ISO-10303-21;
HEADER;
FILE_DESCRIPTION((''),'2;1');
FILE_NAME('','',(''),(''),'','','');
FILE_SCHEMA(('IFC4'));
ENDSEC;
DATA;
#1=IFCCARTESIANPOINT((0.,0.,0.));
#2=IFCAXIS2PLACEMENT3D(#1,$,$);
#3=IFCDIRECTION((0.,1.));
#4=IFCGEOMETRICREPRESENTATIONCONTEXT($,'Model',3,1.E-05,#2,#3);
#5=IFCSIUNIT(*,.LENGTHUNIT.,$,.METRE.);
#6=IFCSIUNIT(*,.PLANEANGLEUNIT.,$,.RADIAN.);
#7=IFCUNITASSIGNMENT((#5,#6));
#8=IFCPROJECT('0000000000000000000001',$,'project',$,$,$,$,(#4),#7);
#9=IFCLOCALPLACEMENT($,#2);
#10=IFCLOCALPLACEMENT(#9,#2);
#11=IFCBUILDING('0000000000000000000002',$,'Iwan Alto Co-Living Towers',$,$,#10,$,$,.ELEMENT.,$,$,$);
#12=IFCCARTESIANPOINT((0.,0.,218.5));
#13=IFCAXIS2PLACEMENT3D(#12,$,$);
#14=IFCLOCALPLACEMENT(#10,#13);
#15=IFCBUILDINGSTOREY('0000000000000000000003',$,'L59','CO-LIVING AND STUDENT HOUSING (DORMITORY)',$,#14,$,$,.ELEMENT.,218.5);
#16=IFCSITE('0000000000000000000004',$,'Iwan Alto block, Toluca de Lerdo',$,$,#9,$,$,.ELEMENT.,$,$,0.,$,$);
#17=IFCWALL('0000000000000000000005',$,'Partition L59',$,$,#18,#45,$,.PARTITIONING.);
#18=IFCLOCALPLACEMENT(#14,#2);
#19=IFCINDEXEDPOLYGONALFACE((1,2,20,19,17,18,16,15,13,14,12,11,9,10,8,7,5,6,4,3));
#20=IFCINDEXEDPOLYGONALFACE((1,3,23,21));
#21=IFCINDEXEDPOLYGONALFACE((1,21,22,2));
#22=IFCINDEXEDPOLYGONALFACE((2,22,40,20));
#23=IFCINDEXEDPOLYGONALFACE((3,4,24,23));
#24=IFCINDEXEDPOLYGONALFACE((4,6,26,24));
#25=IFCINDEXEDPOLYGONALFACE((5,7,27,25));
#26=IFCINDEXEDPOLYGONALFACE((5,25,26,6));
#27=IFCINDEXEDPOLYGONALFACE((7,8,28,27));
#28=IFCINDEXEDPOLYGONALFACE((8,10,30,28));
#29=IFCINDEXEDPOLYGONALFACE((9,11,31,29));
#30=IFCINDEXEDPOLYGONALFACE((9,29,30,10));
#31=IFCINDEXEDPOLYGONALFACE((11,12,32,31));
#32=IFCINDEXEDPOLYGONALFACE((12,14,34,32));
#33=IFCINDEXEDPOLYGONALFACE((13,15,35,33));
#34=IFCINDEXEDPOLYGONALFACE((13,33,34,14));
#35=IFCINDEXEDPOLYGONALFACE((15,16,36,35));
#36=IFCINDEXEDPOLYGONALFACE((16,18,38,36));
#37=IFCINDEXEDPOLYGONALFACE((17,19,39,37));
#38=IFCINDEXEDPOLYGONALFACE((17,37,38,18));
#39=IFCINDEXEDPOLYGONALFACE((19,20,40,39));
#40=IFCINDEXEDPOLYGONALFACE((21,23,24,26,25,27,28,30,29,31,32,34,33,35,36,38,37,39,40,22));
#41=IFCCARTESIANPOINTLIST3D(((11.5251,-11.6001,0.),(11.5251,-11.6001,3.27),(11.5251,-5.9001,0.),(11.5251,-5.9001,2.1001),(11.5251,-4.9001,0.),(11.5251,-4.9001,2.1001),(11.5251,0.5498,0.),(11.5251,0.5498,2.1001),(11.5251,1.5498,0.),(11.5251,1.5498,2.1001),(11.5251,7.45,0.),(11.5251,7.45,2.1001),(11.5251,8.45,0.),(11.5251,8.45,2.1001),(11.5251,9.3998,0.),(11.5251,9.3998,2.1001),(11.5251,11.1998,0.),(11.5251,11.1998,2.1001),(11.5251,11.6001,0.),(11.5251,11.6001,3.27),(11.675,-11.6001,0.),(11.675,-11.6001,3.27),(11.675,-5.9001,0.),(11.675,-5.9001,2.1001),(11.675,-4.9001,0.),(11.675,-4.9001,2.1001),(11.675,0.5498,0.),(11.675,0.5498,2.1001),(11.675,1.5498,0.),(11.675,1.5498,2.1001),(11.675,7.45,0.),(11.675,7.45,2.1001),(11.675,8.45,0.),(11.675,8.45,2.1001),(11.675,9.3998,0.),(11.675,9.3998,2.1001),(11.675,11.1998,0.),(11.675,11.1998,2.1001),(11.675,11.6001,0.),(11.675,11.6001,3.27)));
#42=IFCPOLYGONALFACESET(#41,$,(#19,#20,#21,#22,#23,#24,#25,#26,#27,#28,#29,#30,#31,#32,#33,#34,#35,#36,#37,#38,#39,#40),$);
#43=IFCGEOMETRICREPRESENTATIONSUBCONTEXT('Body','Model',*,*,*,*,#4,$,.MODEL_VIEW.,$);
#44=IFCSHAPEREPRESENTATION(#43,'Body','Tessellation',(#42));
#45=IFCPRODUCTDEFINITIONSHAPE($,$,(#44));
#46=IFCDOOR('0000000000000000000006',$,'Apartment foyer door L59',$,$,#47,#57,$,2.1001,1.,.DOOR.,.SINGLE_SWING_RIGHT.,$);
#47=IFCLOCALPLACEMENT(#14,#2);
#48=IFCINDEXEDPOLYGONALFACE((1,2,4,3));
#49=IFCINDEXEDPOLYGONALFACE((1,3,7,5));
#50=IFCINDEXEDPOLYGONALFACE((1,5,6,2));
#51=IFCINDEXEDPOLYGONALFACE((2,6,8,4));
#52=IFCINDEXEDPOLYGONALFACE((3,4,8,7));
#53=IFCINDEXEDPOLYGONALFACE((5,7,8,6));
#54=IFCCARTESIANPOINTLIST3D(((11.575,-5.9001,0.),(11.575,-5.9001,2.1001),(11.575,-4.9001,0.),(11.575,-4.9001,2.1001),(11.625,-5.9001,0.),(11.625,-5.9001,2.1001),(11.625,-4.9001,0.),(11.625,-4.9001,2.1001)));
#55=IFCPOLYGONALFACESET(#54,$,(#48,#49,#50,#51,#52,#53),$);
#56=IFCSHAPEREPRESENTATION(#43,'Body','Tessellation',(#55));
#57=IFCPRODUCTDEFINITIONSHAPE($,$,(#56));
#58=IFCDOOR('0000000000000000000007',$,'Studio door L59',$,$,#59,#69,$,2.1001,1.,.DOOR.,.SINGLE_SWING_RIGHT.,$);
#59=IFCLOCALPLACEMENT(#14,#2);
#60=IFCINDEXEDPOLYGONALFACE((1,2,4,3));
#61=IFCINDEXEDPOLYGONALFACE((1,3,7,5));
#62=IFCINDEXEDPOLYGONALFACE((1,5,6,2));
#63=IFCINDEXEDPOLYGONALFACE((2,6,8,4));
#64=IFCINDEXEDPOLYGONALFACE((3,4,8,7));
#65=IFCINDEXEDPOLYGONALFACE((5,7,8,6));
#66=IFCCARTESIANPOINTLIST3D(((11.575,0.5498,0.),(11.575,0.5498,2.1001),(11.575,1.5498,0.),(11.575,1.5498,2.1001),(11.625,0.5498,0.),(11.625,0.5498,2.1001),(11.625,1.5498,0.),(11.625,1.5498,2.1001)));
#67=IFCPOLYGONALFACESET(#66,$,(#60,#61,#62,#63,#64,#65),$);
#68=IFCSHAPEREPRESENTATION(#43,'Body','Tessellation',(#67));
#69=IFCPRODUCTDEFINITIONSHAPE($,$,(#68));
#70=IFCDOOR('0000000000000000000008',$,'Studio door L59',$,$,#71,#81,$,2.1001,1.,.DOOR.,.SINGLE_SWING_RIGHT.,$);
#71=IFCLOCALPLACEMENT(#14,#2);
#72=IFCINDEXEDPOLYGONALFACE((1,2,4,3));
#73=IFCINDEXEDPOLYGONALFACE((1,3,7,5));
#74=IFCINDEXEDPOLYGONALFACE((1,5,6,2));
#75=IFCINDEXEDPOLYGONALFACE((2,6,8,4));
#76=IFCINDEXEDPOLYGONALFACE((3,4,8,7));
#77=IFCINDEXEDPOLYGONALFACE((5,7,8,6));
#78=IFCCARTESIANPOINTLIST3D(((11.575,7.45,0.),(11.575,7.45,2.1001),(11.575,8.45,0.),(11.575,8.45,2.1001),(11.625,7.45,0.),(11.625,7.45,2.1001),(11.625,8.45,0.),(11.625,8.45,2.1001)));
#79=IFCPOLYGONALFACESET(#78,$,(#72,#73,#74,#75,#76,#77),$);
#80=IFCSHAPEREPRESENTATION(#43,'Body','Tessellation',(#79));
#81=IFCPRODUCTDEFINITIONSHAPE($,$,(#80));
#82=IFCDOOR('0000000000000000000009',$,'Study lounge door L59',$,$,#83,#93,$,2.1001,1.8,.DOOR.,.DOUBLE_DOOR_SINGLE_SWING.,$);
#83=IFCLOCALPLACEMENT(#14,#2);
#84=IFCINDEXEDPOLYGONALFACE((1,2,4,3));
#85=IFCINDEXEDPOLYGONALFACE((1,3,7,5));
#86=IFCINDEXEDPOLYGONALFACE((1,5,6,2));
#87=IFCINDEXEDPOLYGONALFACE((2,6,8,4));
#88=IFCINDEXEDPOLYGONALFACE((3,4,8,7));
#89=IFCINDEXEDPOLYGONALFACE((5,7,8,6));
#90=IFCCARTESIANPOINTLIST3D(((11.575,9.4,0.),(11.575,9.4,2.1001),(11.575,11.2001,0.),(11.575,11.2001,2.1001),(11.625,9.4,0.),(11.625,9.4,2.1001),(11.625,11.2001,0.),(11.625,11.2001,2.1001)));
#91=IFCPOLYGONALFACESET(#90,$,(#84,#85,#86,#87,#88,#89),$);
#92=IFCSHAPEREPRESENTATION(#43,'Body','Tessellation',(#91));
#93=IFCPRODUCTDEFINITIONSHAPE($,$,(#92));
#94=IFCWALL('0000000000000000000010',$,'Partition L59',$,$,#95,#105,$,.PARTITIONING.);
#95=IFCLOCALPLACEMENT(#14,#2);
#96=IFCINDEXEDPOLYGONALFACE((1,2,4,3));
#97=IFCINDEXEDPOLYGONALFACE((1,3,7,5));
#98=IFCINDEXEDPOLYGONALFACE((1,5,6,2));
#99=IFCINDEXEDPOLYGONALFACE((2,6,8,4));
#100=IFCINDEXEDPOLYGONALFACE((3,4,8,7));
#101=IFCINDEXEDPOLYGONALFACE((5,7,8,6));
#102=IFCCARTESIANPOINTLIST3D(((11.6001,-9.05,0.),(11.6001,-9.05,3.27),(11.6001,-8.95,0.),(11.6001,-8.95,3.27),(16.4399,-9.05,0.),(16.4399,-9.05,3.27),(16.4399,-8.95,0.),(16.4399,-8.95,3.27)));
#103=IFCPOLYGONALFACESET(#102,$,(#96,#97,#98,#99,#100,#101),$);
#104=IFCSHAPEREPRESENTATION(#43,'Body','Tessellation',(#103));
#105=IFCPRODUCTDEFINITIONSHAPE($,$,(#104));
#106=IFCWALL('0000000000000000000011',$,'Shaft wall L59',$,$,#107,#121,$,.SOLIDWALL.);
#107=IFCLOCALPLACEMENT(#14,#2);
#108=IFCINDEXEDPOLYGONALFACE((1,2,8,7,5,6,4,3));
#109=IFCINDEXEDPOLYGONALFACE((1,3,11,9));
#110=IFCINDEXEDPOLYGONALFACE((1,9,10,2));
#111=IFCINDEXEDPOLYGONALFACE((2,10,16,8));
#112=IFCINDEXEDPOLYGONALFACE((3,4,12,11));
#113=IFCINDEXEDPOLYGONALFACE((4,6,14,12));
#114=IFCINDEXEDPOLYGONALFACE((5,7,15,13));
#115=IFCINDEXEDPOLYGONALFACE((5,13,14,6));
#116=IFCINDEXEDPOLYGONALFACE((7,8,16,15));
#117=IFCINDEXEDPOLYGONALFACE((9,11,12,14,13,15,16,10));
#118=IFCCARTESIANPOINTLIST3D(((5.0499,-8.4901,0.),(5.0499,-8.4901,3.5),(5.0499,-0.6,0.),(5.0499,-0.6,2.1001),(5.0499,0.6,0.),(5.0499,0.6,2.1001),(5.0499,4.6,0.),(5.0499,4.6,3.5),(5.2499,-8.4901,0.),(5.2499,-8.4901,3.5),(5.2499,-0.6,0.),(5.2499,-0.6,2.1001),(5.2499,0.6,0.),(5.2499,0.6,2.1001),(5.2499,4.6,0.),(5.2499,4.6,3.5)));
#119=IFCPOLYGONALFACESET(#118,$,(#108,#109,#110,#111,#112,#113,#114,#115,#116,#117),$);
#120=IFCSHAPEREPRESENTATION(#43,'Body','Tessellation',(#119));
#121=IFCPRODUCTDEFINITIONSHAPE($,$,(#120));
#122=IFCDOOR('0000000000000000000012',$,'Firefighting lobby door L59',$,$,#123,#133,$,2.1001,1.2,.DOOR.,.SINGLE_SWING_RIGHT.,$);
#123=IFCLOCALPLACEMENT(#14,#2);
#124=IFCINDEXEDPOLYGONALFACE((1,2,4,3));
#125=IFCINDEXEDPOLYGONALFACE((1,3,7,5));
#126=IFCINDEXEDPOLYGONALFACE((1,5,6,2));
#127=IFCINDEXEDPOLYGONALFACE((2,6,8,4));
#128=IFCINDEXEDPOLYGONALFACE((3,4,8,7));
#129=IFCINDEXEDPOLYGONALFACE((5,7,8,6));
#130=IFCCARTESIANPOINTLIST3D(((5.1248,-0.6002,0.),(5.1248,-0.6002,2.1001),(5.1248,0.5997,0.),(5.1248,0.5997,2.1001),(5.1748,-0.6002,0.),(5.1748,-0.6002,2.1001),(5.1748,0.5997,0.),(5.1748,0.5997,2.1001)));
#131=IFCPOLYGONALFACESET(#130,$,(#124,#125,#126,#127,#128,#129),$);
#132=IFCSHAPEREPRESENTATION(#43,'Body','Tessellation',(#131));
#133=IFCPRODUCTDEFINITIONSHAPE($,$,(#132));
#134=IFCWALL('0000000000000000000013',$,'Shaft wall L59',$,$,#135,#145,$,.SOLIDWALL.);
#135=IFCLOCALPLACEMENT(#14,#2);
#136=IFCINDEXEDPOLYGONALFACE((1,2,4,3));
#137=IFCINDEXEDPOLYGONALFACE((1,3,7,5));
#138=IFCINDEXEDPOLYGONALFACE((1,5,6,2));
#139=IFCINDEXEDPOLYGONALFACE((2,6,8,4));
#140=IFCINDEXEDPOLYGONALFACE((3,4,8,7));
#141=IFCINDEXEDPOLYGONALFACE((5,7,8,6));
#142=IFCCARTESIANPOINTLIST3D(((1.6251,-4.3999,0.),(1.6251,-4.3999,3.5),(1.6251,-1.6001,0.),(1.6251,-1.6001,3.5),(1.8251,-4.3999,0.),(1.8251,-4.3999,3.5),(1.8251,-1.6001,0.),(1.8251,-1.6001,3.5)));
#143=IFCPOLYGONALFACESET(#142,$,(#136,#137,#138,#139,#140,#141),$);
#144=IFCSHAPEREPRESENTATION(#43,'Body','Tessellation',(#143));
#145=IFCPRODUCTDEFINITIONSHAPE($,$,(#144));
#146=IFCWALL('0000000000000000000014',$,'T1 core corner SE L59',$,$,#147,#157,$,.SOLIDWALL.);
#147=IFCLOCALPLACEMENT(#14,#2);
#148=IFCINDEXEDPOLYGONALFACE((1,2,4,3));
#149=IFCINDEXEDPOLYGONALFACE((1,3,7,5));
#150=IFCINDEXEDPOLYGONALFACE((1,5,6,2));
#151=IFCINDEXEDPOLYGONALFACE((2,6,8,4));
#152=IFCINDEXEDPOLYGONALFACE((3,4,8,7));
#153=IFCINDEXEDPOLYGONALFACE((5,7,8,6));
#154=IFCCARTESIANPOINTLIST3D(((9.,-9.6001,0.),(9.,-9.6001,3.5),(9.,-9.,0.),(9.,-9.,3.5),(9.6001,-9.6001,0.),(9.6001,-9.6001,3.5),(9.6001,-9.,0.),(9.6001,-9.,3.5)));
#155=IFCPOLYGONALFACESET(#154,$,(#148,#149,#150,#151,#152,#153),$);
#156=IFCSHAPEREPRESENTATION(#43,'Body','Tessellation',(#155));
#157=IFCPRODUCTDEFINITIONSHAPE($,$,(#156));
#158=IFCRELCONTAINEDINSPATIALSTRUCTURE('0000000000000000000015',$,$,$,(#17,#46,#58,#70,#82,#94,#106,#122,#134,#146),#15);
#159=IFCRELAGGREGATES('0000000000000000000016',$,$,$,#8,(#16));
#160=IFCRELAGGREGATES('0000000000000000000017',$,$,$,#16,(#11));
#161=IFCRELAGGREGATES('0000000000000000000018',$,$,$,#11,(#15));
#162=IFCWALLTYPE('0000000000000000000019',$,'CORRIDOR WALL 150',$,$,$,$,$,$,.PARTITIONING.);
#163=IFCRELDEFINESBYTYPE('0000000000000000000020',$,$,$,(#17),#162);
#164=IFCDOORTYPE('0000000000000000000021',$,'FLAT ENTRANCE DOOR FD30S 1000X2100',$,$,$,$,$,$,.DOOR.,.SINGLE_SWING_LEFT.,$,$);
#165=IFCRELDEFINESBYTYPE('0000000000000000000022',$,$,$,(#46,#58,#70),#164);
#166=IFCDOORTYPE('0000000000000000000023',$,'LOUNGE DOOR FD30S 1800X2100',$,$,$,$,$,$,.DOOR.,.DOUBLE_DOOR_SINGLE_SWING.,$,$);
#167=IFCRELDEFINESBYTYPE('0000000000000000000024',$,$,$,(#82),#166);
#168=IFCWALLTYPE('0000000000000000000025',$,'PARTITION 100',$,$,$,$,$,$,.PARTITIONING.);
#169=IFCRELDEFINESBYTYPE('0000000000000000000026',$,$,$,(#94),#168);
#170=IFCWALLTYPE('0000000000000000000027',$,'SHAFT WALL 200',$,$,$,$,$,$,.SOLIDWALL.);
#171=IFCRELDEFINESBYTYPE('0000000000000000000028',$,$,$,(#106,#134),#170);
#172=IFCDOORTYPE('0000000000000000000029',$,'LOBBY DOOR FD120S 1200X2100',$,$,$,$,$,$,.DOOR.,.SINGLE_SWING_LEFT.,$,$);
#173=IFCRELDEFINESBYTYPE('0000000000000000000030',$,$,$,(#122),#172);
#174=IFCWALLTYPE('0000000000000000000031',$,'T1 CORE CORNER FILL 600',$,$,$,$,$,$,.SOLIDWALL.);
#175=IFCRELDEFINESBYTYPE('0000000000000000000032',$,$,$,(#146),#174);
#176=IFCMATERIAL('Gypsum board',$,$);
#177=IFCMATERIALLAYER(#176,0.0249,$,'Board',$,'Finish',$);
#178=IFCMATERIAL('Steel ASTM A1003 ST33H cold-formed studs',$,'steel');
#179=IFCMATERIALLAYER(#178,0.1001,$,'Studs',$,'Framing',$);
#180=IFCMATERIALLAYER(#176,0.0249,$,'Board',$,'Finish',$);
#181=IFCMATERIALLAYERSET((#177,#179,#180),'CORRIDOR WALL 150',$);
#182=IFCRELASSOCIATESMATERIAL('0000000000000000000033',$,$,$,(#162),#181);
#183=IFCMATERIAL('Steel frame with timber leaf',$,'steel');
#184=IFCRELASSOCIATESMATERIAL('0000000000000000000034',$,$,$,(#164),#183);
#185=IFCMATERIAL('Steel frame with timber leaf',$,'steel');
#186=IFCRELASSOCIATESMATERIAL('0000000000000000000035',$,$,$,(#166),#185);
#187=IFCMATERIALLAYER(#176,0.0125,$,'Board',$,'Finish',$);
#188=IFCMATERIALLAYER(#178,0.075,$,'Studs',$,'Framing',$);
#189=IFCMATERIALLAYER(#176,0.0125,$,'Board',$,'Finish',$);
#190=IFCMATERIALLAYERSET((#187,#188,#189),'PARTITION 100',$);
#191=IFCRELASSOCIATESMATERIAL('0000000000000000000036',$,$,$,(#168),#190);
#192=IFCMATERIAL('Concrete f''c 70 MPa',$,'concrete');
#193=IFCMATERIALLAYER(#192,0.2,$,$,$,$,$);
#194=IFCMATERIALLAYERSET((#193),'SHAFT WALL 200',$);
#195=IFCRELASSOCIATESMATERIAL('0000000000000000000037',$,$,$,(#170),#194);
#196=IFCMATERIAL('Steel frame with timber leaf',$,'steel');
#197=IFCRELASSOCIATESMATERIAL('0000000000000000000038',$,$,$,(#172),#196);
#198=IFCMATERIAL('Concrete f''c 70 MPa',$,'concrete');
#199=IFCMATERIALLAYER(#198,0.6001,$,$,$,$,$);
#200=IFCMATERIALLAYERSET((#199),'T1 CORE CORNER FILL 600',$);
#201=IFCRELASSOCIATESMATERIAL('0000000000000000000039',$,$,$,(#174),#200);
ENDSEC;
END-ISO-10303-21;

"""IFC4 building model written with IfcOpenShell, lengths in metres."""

from ifc_helpers import new_model, si_unit, direction, frame, frame_2d, origin, place, context, subcontext, project, spatial, rectangle, extrude, material, layer, layer_set, type_object, element, fill, save


model = new_model("IFC4")

# Units and contexts
model_context = context("Model", 3, precision=1e-05, world=origin(), true_north=direction((0.0, 1.0)))
body_context = subcontext(model_context, "Body", "Model", "MODEL_VIEW")
ifc_project = project(units=[si_unit("LENGTHUNIT", "METRE"), si_unit("PLANEANGLEUNIT", "RADIAN")], contexts=[model_context])

# Site, building, storey
site_placement = place(None, origin())
site = spatial("IfcSite", under=ifc_project, at=site_placement, Name="Iwan Alto block, Toluca de Lerdo", CompositionType="ELEMENT", RefElevation=0.0)
building_placement = place(site_placement, origin())
building = spatial("IfcBuilding", under=site, at=building_placement, Name="Iwan Alto Co-Living Towers", CompositionType="ELEMENT")
storey_placement = place(building_placement, frame((0.0, 0.0, 218.5)))
storey = spatial("IfcBuildingStorey", under=building, at=storey_placement, Name="L59", Description="CO-LIVING AND STUDENT HOUSING (DORMITORY)", CompositionType="ELEMENT", Elevation=218.5)

# Wall, openings, doors
ifc_material_1 = material(Name="Gypsum board")
ifc_layer_1 = layer(ifc_material_1, 0.0249, Name="Board", Category="Finish")
ifc_material_2 = material(Name="Steel ASTM A1003 ST33H cold-formed studs", Category="steel")
ifc_layer_2 = layer(ifc_material_2, 0.1001, Name="Studs", Category="Framing")
ifc_layer_3 = layer(ifc_material_1, 0.0249, Name="Board", Category="Finish")
ifc_layer_set_1 = layer_set([ifc_layer_1, ifc_layer_2, ifc_layer_3], Name="CORRIDOR WALL 150")
wall_type_1 = type_object("IfcWallType", Name="CORRIDOR WALL 150", PredefinedType="PARTITIONING", material=ifc_layer_set_1)
wall_1_placement = place(storey_placement, frame((11.6001, -11.6001, 0.0), z_axis=(0.0, 0.0, 1.0), x_axis=(0.0, 1.0, 0.0)))
wall_1 = element("IfcWall", 1, at=wall_1_placement, inside=storey, type_object=wall_type_1, Name="Partition L59", PredefinedType="PARTITIONING", context=body_context, shape_type="SweptSolid", body=[
    extrude(rectangle(XDim=23.2002, YDim=0.1499, at=frame_2d((11.6001, 0.0))), origin(), (0.0, 0.0, 1.0), 3.27),
])
opening_1_placement = place(wall_1_placement, frame((5.7, 0.0, 0.0)))
opening_1 = element("IfcOpeningElement", 2, at=opening_1_placement, cuts=wall_1, PredefinedType="OPENING", context=body_context, shape_type="SweptSolid", body=[
    extrude(rectangle(XDim=1.0, YDim=2.1001, at=frame_2d((0.5, 1.05))), frame((0.0, 0.085, 0.0), z_axis=(0.0, -1.0, 0.0), x_axis=(1.0, 0.0, 0.0)), (0.0, 0.0, 1.0), 0.1699),
])
opening_2_placement = place(wall_1_placement, frame((12.1499, 0.0, 0.0)))
opening_2 = element("IfcOpeningElement", 3, at=opening_2_placement, cuts=wall_1, PredefinedType="OPENING", context=body_context, shape_type="SweptSolid", body=[
    extrude(rectangle(XDim=1.0, YDim=2.1001, at=frame_2d((0.5, 1.05))), frame((0.0, 0.085, 0.0), z_axis=(0.0, -1.0, 0.0), x_axis=(1.0, 0.0, 0.0)), (0.0, 0.0, 1.0), 0.1699),
])
opening_3_placement = place(wall_1_placement, frame((19.05, 0.0, 0.0)))
opening_3 = element("IfcOpeningElement", 4, at=opening_3_placement, cuts=wall_1, PredefinedType="OPENING", context=body_context, shape_type="SweptSolid", body=[
    extrude(rectangle(XDim=1.0, YDim=2.1001, at=frame_2d((0.5, 1.05))), frame((0.0, 0.085, 0.0), z_axis=(0.0, -1.0, 0.0), x_axis=(1.0, 0.0, 0.0)), (0.0, 0.0, 1.0), 0.1699),
])
opening_4_placement = place(wall_1_placement, frame((21.0, 0.0, 0.0)))
opening_4 = element("IfcOpeningElement", 5, at=opening_4_placement, cuts=wall_1, PredefinedType="OPENING", context=body_context, shape_type="SweptSolid", body=[
    extrude(rectangle(XDim=1.8, YDim=2.1001, at=frame_2d((0.8999, 1.05))), frame((0.0, 0.085, 0.0), z_axis=(0.0, -1.0, 0.0), x_axis=(1.0, 0.0, 0.0)), (0.0, 0.0, 1.0), 0.1699),
])
ifc_material_3 = material(Name="Steel frame with timber leaf", Category="steel")
door_type_1 = type_object("IfcDoorType", Name="FLAT ENTRANCE DOOR FD30S 1000X2100", OperationType="SINGLE_SWING_LEFT", PredefinedType="DOOR", material=ifc_material_3)
door_1_placement = place(opening_1_placement, frame((1.0, 0.0, 0.0), z_axis=(0.0, 0.0, 1.0), x_axis=(-1.0, 0.0, 0.0)))
door_1 = element("IfcDoor", 6, at=door_1_placement, inside=storey, type_object=door_type_1, Name="Apartment foyer door L59", OperationType="SINGLE_SWING_RIGHT", OverallHeight=2.1001, OverallWidth=1.0, PredefinedType="DOOR", context=body_context, shape_type="SweptSolid", body=[
    extrude(rectangle(XDim=1.0, YDim=2.1001, at=frame_2d((0.5, 1.05))), frame((0.0, 0.0249, 0.0), z_axis=(0.0, -1.0, 0.0), x_axis=(1.0, 0.0, 0.0)), (0.0, 0.0, 1.0), 0.05),
])
fill(opening_1, door_1)
door_2_placement = place(opening_2_placement, frame((1.0, 0.0, 0.0), z_axis=(0.0, 0.0, 1.0), x_axis=(-1.0, 0.0, 0.0)))
door_2 = element("IfcDoor", 7, at=door_2_placement, inside=storey, type_object=door_type_1, Name="Studio door L59", OperationType="SINGLE_SWING_RIGHT", OverallHeight=2.1001, OverallWidth=1.0, PredefinedType="DOOR", context=body_context, shape_type="SweptSolid", body=[
    extrude(rectangle(XDim=1.0, YDim=2.1001, at=frame_2d((0.5, 1.05))), frame((0.0, 0.0249, 0.0), z_axis=(0.0, -1.0, 0.0), x_axis=(1.0, 0.0, 0.0)), (0.0, 0.0, 1.0), 0.05),
])
fill(opening_2, door_2)
door_3_placement = place(opening_3_placement, frame((1.0, 0.0, 0.0), z_axis=(0.0, 0.0, 1.0), x_axis=(-1.0, 0.0, 0.0)))
door_3 = element("IfcDoor", 8, at=door_3_placement, inside=storey, type_object=door_type_1, Name="Studio door L59", OperationType="SINGLE_SWING_RIGHT", OverallHeight=2.1001, OverallWidth=1.0, PredefinedType="DOOR", context=body_context, shape_type="SweptSolid", body=[
    extrude(rectangle(XDim=1.0, YDim=2.1001, at=frame_2d((0.5, 1.05))), frame((0.0, 0.0249, 0.0), z_axis=(0.0, -1.0, 0.0), x_axis=(1.0, 0.0, 0.0)), (0.0, 0.0, 1.0), 0.05),
])
fill(opening_3, door_3)
ifc_material_4 = material(Name="Steel frame with timber leaf", Category="steel")
door_type_2 = type_object("IfcDoorType", Name="LOUNGE DOOR FD30S 1800X2100", OperationType="DOUBLE_DOOR_SINGLE_SWING", PredefinedType="DOOR", material=ifc_material_4)
door_4_placement = place(opening_4_placement, frame((1.8, 0.0, 0.0), z_axis=(0.0, 0.0, 1.0), x_axis=(-1.0, 0.0, 0.0)))
door_4 = element("IfcDoor", 9, at=door_4_placement, inside=storey, type_object=door_type_2, Name="Study lounge door L59", OperationType="DOUBLE_DOOR_SINGLE_SWING", OverallHeight=2.1001, OverallWidth=1.8, PredefinedType="DOOR", context=body_context, shape_type="SweptSolid", body=[
    extrude(rectangle(XDim=1.8, YDim=2.1001, at=frame_2d((0.8999, 1.05))), frame((0.0, 0.0249, 0.0), z_axis=(0.0, -1.0, 0.0), x_axis=(1.0, 0.0, 0.0)), (0.0, 0.0, 1.0), 0.05),
])
fill(opening_4, door_4)

# Wall
ifc_layer_4 = layer(ifc_material_1, 0.0125, Name="Board", Category="Finish")
ifc_layer_5 = layer(ifc_material_2, 0.075, Name="Studs", Category="Framing")
ifc_layer_6 = layer(ifc_material_1, 0.0125, Name="Board", Category="Finish")
ifc_layer_set_2 = layer_set([ifc_layer_4, ifc_layer_5, ifc_layer_6], Name="PARTITION 100")
wall_type_2 = type_object("IfcWallType", Name="PARTITION 100", PredefinedType="PARTITIONING", material=ifc_layer_set_2)
wall_2_placement = place(storey_placement, frame((11.6001, -9.0, 0.0), z_axis=(0.0, 0.0, 1.0), x_axis=(1.0, 0.0, 0.0)))
element("IfcWall", 10, at=wall_2_placement, inside=storey, type_object=wall_type_2, Name="Partition L59", PredefinedType="PARTITIONING", context=body_context, shape_type="SweptSolid", body=[
    extrude(rectangle(XDim=4.8398, YDim=0.1001, at=frame_2d((2.4199, 0.0))), origin(), (0.0, 0.0, 1.0), 3.27),
])

# Wall, opening, door
ifc_material_5 = material(Name="Concrete f'c 70 MPa", Category="concrete")
ifc_layer_7 = layer(ifc_material_5, 0.2)
ifc_layer_set_3 = layer_set([ifc_layer_7], Name="SHAFT WALL 200")
wall_type_3 = type_object("IfcWallType", Name="SHAFT WALL 200", PredefinedType="SOLIDWALL", material=ifc_layer_set_3)
wall_3_placement = place(storey_placement, frame((5.1499, -8.49, 0.0), z_axis=(0.0, 0.0, 1.0), x_axis=(0.0, 1.0, 0.0)))
wall_3 = element("IfcWall", 11, at=wall_3_placement, inside=storey, type_object=wall_type_3, Name="Shaft wall L59", PredefinedType="SOLIDWALL", context=body_context, shape_type="SweptSolid", body=[
    extrude(rectangle(XDim=13.0901, YDim=0.2, at=frame_2d((6.5449, 0.0))), origin(), (0.0, 0.0, 1.0), 3.5),
])
opening_5_placement = place(wall_3_placement, frame((7.8899, 0.0, 0.0)))
opening_5 = element("IfcOpeningElement", 12, at=opening_5_placement, cuts=wall_3, PredefinedType="OPENING", context=body_context, shape_type="SweptSolid", body=[
    extrude(rectangle(XDim=1.2, YDim=2.1001, at=frame_2d((0.6001, 1.05))), frame((0.0, 0.1099, 0.0), z_axis=(0.0, -1.0, 0.0), x_axis=(1.0, 0.0, 0.0)), (0.0, 0.0, 1.0), 0.22),
])
ifc_material_6 = material(Name="Steel frame with timber leaf", Category="steel")
door_type_3 = type_object("IfcDoorType", Name="LOBBY DOOR FD120S 1200X2100", OperationType="SINGLE_SWING_LEFT", PredefinedType="DOOR", material=ifc_material_6)
door_5_placement = place(opening_5_placement, frame((1.2, 0.0, 0.0), z_axis=(0.0, 0.0, 1.0), x_axis=(-1.0, 0.0, 0.0)))
door_5 = element("IfcDoor", 13, at=door_5_placement, inside=storey, type_object=door_type_3, Name="Firefighting lobby door L59", OperationType="SINGLE_SWING_RIGHT", OverallHeight=2.1001, OverallWidth=1.2, PredefinedType="DOOR", context=body_context, shape_type="SweptSolid", body=[
    extrude(rectangle(XDim=1.2, YDim=2.1001, at=frame_2d((0.6001, 1.05))), frame((0.0, 0.0249, 0.0), z_axis=(0.0, -1.0, 0.0), x_axis=(1.0, 0.0, 0.0)), (0.0, 0.0, 1.0), 0.05),
])
fill(opening_5, door_5)

# Walls
wall_4_placement = place(storey_placement, frame((1.7251, -4.3999, 0.0), z_axis=(0.0, 0.0, 1.0), x_axis=(0.0, 1.0, 0.0)))
element("IfcWall", 14, at=wall_4_placement, inside=storey, type_object=wall_type_3, Name="Shaft wall L59", PredefinedType="SOLIDWALL", context=body_context, shape_type="SweptSolid", body=[
    extrude(rectangle(XDim=2.7998, YDim=0.2, at=frame_2d((1.3999, 0.0))), origin(), (0.0, 0.0, 1.0), 3.5),
])
ifc_material_7 = material(Name="Concrete f'c 70 MPa", Category="concrete")
ifc_layer_8 = layer(ifc_material_7, 0.6001)
ifc_layer_set_4 = layer_set([ifc_layer_8], Name="T1 CORE CORNER FILL 600")
wall_type_4 = type_object("IfcWallType", Name="T1 CORE CORNER FILL 600", PredefinedType="SOLIDWALL", material=ifc_layer_set_4)
wall_5_placement = place(storey_placement, frame((9.0, -9.3, 0.0), z_axis=(0.0, 0.0, 1.0), x_axis=(1.0, 0.0, 0.0)))
element("IfcWall", 15, at=wall_5_placement, inside=storey, type_object=wall_type_4, Name="T1 core corner SE L59", PredefinedType="SOLIDWALL", context=body_context, shape_type="SweptSolid", body=[
    extrude(rectangle(XDim=0.6001, YDim=0.6001, at=frame_2d((0.3, 0.0))), origin(), (0.0, 0.0, 1.0), 3.5),
])

save(model, "model.ifc")
